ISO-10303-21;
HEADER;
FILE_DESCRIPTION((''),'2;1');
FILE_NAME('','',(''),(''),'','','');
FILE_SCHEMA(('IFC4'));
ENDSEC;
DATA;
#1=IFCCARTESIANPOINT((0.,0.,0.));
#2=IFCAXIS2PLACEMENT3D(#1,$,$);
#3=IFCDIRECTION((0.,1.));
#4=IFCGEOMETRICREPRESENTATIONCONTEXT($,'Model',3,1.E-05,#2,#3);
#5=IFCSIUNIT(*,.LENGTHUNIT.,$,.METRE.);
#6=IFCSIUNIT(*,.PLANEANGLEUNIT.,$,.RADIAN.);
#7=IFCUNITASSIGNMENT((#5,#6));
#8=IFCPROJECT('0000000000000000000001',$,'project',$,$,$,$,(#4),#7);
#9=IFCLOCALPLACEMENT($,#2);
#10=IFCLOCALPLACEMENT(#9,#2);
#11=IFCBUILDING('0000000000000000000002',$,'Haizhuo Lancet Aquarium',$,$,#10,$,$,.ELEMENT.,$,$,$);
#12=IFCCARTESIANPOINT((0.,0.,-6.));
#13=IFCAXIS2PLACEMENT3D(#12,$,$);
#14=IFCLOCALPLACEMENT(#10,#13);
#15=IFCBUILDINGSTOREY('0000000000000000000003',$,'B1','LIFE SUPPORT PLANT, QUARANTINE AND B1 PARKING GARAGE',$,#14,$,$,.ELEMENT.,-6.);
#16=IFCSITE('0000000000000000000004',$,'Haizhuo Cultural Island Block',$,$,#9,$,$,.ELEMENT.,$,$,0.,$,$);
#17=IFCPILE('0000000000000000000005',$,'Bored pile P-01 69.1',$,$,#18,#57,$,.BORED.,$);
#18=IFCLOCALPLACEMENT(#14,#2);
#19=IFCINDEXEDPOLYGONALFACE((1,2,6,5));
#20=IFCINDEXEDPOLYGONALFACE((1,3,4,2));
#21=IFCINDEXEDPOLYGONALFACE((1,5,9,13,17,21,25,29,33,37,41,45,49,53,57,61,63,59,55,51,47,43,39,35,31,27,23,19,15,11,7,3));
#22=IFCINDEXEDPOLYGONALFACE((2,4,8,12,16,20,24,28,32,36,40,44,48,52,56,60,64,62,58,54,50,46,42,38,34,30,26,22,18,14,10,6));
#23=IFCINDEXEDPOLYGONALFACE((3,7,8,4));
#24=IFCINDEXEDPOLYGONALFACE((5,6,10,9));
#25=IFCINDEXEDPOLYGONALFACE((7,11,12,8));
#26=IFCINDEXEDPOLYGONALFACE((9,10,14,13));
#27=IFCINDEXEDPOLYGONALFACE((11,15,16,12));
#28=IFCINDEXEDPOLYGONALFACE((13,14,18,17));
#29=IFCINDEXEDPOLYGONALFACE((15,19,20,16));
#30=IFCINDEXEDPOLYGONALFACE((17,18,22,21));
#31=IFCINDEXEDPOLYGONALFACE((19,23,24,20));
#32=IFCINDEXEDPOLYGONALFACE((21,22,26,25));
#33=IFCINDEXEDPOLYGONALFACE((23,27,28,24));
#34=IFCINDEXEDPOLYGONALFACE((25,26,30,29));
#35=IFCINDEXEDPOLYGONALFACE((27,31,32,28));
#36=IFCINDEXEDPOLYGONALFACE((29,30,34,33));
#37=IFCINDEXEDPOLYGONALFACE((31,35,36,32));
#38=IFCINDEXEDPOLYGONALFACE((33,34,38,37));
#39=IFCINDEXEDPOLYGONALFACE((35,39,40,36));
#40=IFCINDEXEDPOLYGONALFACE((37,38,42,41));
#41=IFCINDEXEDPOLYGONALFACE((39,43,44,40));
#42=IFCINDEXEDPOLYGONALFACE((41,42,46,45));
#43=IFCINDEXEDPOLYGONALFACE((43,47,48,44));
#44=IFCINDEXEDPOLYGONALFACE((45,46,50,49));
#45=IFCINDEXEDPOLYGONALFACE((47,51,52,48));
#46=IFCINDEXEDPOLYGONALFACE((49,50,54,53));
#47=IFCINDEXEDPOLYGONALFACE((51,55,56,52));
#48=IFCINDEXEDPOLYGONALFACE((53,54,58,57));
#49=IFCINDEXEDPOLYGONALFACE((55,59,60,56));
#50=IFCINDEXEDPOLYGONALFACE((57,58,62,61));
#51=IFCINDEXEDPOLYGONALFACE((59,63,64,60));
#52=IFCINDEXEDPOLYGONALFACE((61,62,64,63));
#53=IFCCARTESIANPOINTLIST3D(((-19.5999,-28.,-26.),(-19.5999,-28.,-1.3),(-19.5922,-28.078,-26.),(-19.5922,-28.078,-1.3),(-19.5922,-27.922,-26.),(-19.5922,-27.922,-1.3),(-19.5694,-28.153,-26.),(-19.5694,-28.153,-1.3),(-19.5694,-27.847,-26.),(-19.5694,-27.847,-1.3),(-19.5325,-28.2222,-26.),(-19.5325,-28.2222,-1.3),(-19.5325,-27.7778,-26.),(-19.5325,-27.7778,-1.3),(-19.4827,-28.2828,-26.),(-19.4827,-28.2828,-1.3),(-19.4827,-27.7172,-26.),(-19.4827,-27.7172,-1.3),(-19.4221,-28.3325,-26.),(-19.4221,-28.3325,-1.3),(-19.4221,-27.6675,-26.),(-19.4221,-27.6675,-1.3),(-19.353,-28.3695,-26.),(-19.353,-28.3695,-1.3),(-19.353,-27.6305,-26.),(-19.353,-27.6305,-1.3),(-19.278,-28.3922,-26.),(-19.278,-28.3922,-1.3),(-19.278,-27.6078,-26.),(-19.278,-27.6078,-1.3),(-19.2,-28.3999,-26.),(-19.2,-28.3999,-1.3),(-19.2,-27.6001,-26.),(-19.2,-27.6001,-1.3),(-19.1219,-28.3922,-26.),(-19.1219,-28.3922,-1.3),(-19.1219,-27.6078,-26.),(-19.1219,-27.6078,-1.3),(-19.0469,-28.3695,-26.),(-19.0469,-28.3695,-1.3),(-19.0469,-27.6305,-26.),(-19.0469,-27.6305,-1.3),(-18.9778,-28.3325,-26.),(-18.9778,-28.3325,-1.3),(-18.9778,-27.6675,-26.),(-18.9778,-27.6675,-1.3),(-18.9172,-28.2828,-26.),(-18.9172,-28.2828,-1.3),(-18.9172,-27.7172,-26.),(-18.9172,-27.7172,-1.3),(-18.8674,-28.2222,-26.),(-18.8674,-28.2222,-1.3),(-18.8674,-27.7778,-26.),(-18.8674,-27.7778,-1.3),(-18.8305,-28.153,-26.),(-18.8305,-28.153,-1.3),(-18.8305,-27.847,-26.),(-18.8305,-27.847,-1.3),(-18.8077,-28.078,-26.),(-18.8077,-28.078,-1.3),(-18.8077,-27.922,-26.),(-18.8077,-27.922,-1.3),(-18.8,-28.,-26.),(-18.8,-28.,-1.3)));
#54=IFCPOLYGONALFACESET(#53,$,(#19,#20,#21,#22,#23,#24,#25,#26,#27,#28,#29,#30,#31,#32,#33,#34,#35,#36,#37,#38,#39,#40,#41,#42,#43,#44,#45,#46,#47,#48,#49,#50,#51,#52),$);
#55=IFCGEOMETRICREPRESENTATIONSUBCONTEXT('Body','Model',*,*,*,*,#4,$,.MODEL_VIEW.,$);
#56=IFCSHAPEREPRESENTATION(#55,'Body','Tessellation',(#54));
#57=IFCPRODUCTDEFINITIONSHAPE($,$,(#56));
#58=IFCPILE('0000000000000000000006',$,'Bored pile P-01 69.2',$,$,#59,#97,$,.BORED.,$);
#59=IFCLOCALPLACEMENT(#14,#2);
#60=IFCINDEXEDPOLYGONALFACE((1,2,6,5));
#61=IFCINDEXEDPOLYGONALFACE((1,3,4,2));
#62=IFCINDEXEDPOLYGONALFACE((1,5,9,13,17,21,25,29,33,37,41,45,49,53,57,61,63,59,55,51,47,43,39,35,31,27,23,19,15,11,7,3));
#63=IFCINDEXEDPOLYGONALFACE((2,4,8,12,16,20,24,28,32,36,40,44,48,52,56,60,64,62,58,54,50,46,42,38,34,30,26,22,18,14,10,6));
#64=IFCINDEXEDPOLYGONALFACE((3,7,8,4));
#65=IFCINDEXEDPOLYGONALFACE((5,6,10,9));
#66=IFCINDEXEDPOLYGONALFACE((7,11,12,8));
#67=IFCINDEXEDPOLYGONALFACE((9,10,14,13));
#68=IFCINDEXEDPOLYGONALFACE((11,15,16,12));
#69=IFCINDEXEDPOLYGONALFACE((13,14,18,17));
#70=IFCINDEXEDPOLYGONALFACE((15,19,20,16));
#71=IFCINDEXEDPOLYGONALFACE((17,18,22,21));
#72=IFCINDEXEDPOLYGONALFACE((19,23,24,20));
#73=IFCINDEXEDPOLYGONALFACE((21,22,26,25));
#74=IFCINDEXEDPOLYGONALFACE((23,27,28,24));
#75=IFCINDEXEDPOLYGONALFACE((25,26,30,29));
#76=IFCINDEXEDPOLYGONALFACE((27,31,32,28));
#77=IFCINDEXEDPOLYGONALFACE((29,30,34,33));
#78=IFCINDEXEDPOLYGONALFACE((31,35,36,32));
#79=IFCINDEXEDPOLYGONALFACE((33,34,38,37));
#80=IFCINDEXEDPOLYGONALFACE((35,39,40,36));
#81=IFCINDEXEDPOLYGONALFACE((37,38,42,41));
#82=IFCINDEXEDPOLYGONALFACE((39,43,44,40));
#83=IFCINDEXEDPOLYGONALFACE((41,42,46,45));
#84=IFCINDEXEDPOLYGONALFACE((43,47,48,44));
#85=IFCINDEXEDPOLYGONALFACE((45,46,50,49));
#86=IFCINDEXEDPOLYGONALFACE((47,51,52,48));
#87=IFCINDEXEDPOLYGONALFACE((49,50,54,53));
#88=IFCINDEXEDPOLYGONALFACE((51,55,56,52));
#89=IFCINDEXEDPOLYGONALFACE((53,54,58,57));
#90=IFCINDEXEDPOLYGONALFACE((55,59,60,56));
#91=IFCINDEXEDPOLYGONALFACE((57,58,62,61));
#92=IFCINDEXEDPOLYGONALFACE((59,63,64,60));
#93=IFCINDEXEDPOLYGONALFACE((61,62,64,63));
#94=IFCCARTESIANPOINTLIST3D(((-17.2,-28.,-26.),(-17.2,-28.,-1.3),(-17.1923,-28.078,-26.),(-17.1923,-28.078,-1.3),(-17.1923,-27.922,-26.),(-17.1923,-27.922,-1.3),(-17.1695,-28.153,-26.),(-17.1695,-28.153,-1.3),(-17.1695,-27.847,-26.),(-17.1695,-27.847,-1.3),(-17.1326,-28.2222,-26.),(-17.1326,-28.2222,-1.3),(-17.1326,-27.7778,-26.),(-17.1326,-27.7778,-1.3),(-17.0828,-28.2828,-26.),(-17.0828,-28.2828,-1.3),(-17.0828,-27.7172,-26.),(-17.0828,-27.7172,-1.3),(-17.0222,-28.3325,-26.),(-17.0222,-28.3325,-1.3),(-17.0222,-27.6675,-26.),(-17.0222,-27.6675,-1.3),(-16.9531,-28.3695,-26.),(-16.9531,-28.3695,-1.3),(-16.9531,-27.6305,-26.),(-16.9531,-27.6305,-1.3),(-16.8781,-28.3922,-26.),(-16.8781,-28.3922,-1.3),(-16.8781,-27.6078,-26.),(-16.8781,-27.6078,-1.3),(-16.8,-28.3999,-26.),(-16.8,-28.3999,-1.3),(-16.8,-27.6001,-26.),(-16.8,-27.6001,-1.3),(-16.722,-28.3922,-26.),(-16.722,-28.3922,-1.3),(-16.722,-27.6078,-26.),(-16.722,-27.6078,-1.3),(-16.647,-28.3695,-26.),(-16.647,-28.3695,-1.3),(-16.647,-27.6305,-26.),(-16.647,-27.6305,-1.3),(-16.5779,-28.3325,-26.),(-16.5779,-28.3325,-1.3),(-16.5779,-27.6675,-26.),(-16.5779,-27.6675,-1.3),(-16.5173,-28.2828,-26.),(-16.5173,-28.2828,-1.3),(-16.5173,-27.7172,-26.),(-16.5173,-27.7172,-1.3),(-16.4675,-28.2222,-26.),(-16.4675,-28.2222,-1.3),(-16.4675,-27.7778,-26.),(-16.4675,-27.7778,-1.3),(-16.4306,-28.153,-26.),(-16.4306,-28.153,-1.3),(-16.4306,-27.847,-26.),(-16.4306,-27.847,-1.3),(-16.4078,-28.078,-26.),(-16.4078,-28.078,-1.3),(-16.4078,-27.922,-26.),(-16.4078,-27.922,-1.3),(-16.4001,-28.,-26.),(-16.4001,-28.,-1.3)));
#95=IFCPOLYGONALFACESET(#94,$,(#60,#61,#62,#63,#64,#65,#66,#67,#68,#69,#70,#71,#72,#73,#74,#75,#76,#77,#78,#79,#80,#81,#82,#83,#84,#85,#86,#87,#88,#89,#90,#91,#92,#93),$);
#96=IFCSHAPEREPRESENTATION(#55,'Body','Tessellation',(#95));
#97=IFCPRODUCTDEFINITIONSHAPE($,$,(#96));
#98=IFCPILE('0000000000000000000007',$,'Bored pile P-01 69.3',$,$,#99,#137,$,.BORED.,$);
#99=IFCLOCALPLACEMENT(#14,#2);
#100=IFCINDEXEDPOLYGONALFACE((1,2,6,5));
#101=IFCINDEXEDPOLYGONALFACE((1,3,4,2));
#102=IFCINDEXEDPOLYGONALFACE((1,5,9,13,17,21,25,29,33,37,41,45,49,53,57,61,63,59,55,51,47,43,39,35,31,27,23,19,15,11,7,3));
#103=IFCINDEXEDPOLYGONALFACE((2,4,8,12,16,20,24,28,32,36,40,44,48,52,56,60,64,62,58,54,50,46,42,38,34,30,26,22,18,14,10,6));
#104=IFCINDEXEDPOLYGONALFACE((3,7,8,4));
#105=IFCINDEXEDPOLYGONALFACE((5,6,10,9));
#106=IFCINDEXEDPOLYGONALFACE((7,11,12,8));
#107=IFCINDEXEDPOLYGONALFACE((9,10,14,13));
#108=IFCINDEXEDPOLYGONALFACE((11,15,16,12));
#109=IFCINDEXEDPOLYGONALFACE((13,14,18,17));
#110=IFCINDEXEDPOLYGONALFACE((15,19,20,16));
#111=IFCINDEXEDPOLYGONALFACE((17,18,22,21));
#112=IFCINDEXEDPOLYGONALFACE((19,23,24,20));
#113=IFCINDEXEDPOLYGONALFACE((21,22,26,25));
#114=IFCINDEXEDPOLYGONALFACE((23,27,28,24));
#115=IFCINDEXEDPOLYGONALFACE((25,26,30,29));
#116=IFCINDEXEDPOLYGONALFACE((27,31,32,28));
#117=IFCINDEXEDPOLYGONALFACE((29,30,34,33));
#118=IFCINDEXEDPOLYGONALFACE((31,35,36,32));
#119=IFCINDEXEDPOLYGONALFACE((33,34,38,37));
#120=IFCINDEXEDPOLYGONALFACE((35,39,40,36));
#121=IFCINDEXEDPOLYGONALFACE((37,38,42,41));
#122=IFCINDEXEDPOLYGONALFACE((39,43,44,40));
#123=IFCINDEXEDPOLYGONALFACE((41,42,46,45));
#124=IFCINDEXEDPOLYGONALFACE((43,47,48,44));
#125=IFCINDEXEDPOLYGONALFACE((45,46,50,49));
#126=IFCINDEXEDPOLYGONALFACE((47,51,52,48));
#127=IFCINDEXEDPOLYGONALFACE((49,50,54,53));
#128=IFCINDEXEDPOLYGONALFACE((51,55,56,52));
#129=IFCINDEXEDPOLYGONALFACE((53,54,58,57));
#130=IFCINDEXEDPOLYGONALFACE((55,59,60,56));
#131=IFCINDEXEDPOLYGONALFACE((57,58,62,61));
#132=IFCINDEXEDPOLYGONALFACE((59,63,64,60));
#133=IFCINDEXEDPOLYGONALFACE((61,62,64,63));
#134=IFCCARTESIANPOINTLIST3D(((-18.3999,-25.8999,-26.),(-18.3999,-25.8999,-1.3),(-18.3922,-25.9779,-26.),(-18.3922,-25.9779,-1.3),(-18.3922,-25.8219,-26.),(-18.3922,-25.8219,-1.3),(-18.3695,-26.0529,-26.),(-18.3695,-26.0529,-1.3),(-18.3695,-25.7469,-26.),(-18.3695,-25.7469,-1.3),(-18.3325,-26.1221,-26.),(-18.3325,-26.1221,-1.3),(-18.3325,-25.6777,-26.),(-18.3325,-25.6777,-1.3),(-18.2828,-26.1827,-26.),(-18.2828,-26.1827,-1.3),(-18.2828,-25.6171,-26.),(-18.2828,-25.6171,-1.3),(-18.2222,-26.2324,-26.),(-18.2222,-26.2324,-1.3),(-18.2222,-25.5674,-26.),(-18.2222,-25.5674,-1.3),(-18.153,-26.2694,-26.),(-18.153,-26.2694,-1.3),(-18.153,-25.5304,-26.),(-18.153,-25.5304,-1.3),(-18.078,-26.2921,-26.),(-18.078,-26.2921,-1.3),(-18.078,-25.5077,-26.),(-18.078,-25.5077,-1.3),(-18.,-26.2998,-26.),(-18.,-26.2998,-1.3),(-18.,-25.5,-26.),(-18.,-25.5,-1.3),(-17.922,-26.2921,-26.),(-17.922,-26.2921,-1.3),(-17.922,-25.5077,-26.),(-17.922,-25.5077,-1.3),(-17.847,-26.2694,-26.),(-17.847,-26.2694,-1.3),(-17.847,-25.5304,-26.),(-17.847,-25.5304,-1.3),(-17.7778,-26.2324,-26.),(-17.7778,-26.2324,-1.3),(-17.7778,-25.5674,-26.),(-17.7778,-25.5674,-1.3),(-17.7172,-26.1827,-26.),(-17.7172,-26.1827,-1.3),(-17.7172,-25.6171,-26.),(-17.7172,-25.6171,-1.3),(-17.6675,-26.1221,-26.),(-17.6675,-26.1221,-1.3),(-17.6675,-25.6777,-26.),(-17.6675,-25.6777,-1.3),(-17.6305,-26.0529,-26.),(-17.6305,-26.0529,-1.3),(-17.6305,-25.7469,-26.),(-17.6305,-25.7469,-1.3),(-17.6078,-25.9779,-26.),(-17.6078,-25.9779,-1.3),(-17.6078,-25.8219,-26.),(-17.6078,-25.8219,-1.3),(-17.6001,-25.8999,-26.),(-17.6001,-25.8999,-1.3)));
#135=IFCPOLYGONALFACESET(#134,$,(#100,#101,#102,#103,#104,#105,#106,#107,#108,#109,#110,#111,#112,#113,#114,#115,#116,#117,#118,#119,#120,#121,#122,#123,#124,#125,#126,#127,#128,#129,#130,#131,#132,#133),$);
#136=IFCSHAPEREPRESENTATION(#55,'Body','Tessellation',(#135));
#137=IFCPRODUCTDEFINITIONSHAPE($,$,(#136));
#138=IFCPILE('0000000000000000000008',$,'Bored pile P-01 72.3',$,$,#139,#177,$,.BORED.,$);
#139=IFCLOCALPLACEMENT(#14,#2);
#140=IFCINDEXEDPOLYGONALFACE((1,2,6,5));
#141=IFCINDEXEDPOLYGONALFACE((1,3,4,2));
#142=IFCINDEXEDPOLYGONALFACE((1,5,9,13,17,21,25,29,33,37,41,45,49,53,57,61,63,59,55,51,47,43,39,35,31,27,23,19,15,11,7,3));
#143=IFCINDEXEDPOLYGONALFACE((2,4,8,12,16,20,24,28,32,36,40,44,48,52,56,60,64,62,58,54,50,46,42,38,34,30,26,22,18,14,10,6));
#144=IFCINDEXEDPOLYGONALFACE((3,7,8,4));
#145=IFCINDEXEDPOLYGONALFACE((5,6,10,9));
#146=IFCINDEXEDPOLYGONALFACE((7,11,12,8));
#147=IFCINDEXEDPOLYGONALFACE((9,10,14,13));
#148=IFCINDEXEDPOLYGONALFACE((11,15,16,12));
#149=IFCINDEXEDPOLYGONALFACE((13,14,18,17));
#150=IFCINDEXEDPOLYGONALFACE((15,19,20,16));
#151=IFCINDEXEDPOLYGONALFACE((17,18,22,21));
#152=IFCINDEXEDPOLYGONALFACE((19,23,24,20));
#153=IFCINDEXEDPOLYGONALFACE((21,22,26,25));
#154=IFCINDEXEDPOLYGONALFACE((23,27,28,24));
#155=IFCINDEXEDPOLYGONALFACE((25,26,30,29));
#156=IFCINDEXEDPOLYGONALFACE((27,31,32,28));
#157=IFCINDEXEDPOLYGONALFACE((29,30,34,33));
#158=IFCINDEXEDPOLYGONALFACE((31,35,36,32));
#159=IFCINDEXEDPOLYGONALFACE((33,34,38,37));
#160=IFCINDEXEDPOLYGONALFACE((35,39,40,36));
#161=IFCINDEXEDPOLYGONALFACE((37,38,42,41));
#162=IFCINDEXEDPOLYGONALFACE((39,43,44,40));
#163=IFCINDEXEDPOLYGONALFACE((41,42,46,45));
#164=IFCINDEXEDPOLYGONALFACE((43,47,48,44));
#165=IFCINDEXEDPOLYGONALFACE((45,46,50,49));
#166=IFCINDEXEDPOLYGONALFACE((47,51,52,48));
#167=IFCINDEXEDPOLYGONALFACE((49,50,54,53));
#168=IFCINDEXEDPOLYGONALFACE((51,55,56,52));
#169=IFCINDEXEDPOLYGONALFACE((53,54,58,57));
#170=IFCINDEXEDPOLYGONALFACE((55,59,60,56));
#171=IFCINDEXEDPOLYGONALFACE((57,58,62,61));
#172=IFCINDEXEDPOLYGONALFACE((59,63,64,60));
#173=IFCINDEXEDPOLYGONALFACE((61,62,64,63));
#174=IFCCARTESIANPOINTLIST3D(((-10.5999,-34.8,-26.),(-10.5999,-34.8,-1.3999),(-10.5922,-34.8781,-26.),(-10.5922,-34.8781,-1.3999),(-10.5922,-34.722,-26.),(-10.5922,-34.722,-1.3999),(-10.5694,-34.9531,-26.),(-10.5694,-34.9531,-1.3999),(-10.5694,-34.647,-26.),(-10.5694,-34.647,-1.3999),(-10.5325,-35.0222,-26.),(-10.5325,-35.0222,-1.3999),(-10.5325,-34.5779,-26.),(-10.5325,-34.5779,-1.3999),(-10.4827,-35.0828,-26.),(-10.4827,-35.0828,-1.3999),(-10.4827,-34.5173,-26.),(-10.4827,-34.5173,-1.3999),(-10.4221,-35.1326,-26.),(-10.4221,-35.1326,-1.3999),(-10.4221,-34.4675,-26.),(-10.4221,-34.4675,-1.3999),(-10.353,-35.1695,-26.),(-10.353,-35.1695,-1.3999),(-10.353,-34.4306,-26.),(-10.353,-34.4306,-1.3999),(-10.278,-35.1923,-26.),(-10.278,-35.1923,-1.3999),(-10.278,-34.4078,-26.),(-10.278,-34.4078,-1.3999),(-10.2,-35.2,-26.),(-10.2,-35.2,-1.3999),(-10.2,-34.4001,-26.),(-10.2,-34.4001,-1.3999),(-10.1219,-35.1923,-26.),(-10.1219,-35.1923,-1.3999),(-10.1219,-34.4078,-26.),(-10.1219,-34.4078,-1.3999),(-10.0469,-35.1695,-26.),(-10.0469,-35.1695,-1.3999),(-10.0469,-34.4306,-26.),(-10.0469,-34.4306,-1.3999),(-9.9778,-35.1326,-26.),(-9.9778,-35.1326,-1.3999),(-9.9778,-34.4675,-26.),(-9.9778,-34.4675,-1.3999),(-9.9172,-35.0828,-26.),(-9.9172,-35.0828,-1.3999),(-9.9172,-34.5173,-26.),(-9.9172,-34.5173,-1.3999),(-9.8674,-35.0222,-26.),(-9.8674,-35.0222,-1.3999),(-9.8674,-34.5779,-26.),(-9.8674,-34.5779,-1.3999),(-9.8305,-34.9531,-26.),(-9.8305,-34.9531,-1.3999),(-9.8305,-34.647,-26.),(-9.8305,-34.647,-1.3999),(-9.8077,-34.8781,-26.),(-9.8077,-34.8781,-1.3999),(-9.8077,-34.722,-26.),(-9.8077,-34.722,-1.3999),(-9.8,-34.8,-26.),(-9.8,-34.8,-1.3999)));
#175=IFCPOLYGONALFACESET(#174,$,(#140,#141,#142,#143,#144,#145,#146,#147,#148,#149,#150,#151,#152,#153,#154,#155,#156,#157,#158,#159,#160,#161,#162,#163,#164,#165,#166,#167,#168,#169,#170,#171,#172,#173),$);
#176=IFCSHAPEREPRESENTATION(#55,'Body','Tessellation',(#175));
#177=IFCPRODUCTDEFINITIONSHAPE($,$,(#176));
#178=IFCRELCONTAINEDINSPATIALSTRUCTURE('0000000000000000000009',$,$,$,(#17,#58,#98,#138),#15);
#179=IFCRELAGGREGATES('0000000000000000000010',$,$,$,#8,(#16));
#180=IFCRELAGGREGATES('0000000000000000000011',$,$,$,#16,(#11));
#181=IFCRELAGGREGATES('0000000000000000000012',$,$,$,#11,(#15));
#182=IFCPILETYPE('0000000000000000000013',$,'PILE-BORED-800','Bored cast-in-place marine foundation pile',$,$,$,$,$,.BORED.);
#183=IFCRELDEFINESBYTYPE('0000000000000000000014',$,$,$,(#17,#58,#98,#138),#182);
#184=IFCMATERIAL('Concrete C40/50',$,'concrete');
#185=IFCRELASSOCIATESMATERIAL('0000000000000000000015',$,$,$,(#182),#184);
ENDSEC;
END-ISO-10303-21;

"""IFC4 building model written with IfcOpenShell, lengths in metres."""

from ifc_helpers import new_model, si_unit, direction, frame, origin, origin_2d, place, context, subcontext, project, spatial, circle, extrude, material, material_profile, profile_set, type_object, element, save


model = new_model("IFC4")

# Units and contexts
model_context = context("Model", 3, precision=1e-05, world=origin(), true_north=direction((0.0, 1.0)))
body_context = subcontext(model_context, "Body", "Model", "MODEL_VIEW")
ifc_project = project(units=[si_unit("LENGTHUNIT", "METRE"), si_unit("PLANEANGLEUNIT", "RADIAN")], contexts=[model_context])

# Site, building, storey
site_placement = place(None, origin())
site = spatial("IfcSite", under=ifc_project, at=site_placement, Name="Haizhuo Cultural Island Block", CompositionType="ELEMENT", RefElevation=0.0)
building_placement = place(site_placement, origin())
building = spatial("IfcBuilding", under=site, at=building_placement, Name="Haizhuo Lancet Aquarium", CompositionType="ELEMENT")
storey_placement = place(building_placement, frame((0.0, 0.0, -6.0)))
storey = spatial("IfcBuildingStorey", under=building, at=storey_placement, Name="B1", Description="LIFE SUPPORT PLANT, QUARANTINE AND B1 PARKING GARAGE", CompositionType="ELEMENT", Elevation=-6.0)

# Shared definitions
ifc_material_1 = material(Name="Concrete C40/50", Category="concrete")

# Piles
ifc_material_profile_1 = material_profile(ifc_material_1, circle(Radius=0.3999, at=origin_2d()), Name="PILE-800")
ifc_profile_set_1 = profile_set([ifc_material_profile_1], Name="Concrete C40/50")
pile_type_1 = type_object("IfcPileType", Name="PILE-BORED-800", Description="Bored cast-in-place marine foundation pile", PredefinedType="BORED", material=ifc_profile_set_1)
for number, where, z_axis, x_axis, name in (
    (1, (-19.2, -28.0, -1.3), (0.0, 0.0, -1.0), (1.0, 0.0, 0.0), "Bored pile P-01 69.1"),
    (2, (-16.8, -28.0, -1.3), (0.0, 0.0, -1.0), (1.0, 0.0, 0.0), "Bored pile P-01 69.2"),
    (3, (-18.0, -25.8999, -1.3), (0.0, 0.0, -1.0), (1.0, 0.0, 0.0), "Bored pile P-01 69.3"),
):
    element("IfcPile", number, at=place(storey_placement, frame(where, z_axis=z_axis, x_axis=x_axis)), inside=storey, type_object=pile_type_1, Name=name, PredefinedType="BORED", context=body_context, shape_type="SweptSolid", body=[
        extrude(circle(Radius=0.3999, at=origin_2d()), origin(), (0.0, 0.0, 1.0), 24.7),
    ])
pile_1_placement = place(storey_placement, frame((-10.2, -34.8, -1.3999), z_axis=(0.0, 0.0, -1.0), x_axis=(1.0, 0.0, 0.0)))
element("IfcPile", 4, at=pile_1_placement, inside=storey, type_object=pile_type_1, Name="Bored pile P-01 72.3", PredefinedType="BORED", context=body_context, shape_type="SweptSolid", body=[
    extrude(circle(Radius=0.3999, at=origin_2d()), origin(), (0.0, 0.0, 1.0), 24.6001),
])

save(model, "model.ifc")
